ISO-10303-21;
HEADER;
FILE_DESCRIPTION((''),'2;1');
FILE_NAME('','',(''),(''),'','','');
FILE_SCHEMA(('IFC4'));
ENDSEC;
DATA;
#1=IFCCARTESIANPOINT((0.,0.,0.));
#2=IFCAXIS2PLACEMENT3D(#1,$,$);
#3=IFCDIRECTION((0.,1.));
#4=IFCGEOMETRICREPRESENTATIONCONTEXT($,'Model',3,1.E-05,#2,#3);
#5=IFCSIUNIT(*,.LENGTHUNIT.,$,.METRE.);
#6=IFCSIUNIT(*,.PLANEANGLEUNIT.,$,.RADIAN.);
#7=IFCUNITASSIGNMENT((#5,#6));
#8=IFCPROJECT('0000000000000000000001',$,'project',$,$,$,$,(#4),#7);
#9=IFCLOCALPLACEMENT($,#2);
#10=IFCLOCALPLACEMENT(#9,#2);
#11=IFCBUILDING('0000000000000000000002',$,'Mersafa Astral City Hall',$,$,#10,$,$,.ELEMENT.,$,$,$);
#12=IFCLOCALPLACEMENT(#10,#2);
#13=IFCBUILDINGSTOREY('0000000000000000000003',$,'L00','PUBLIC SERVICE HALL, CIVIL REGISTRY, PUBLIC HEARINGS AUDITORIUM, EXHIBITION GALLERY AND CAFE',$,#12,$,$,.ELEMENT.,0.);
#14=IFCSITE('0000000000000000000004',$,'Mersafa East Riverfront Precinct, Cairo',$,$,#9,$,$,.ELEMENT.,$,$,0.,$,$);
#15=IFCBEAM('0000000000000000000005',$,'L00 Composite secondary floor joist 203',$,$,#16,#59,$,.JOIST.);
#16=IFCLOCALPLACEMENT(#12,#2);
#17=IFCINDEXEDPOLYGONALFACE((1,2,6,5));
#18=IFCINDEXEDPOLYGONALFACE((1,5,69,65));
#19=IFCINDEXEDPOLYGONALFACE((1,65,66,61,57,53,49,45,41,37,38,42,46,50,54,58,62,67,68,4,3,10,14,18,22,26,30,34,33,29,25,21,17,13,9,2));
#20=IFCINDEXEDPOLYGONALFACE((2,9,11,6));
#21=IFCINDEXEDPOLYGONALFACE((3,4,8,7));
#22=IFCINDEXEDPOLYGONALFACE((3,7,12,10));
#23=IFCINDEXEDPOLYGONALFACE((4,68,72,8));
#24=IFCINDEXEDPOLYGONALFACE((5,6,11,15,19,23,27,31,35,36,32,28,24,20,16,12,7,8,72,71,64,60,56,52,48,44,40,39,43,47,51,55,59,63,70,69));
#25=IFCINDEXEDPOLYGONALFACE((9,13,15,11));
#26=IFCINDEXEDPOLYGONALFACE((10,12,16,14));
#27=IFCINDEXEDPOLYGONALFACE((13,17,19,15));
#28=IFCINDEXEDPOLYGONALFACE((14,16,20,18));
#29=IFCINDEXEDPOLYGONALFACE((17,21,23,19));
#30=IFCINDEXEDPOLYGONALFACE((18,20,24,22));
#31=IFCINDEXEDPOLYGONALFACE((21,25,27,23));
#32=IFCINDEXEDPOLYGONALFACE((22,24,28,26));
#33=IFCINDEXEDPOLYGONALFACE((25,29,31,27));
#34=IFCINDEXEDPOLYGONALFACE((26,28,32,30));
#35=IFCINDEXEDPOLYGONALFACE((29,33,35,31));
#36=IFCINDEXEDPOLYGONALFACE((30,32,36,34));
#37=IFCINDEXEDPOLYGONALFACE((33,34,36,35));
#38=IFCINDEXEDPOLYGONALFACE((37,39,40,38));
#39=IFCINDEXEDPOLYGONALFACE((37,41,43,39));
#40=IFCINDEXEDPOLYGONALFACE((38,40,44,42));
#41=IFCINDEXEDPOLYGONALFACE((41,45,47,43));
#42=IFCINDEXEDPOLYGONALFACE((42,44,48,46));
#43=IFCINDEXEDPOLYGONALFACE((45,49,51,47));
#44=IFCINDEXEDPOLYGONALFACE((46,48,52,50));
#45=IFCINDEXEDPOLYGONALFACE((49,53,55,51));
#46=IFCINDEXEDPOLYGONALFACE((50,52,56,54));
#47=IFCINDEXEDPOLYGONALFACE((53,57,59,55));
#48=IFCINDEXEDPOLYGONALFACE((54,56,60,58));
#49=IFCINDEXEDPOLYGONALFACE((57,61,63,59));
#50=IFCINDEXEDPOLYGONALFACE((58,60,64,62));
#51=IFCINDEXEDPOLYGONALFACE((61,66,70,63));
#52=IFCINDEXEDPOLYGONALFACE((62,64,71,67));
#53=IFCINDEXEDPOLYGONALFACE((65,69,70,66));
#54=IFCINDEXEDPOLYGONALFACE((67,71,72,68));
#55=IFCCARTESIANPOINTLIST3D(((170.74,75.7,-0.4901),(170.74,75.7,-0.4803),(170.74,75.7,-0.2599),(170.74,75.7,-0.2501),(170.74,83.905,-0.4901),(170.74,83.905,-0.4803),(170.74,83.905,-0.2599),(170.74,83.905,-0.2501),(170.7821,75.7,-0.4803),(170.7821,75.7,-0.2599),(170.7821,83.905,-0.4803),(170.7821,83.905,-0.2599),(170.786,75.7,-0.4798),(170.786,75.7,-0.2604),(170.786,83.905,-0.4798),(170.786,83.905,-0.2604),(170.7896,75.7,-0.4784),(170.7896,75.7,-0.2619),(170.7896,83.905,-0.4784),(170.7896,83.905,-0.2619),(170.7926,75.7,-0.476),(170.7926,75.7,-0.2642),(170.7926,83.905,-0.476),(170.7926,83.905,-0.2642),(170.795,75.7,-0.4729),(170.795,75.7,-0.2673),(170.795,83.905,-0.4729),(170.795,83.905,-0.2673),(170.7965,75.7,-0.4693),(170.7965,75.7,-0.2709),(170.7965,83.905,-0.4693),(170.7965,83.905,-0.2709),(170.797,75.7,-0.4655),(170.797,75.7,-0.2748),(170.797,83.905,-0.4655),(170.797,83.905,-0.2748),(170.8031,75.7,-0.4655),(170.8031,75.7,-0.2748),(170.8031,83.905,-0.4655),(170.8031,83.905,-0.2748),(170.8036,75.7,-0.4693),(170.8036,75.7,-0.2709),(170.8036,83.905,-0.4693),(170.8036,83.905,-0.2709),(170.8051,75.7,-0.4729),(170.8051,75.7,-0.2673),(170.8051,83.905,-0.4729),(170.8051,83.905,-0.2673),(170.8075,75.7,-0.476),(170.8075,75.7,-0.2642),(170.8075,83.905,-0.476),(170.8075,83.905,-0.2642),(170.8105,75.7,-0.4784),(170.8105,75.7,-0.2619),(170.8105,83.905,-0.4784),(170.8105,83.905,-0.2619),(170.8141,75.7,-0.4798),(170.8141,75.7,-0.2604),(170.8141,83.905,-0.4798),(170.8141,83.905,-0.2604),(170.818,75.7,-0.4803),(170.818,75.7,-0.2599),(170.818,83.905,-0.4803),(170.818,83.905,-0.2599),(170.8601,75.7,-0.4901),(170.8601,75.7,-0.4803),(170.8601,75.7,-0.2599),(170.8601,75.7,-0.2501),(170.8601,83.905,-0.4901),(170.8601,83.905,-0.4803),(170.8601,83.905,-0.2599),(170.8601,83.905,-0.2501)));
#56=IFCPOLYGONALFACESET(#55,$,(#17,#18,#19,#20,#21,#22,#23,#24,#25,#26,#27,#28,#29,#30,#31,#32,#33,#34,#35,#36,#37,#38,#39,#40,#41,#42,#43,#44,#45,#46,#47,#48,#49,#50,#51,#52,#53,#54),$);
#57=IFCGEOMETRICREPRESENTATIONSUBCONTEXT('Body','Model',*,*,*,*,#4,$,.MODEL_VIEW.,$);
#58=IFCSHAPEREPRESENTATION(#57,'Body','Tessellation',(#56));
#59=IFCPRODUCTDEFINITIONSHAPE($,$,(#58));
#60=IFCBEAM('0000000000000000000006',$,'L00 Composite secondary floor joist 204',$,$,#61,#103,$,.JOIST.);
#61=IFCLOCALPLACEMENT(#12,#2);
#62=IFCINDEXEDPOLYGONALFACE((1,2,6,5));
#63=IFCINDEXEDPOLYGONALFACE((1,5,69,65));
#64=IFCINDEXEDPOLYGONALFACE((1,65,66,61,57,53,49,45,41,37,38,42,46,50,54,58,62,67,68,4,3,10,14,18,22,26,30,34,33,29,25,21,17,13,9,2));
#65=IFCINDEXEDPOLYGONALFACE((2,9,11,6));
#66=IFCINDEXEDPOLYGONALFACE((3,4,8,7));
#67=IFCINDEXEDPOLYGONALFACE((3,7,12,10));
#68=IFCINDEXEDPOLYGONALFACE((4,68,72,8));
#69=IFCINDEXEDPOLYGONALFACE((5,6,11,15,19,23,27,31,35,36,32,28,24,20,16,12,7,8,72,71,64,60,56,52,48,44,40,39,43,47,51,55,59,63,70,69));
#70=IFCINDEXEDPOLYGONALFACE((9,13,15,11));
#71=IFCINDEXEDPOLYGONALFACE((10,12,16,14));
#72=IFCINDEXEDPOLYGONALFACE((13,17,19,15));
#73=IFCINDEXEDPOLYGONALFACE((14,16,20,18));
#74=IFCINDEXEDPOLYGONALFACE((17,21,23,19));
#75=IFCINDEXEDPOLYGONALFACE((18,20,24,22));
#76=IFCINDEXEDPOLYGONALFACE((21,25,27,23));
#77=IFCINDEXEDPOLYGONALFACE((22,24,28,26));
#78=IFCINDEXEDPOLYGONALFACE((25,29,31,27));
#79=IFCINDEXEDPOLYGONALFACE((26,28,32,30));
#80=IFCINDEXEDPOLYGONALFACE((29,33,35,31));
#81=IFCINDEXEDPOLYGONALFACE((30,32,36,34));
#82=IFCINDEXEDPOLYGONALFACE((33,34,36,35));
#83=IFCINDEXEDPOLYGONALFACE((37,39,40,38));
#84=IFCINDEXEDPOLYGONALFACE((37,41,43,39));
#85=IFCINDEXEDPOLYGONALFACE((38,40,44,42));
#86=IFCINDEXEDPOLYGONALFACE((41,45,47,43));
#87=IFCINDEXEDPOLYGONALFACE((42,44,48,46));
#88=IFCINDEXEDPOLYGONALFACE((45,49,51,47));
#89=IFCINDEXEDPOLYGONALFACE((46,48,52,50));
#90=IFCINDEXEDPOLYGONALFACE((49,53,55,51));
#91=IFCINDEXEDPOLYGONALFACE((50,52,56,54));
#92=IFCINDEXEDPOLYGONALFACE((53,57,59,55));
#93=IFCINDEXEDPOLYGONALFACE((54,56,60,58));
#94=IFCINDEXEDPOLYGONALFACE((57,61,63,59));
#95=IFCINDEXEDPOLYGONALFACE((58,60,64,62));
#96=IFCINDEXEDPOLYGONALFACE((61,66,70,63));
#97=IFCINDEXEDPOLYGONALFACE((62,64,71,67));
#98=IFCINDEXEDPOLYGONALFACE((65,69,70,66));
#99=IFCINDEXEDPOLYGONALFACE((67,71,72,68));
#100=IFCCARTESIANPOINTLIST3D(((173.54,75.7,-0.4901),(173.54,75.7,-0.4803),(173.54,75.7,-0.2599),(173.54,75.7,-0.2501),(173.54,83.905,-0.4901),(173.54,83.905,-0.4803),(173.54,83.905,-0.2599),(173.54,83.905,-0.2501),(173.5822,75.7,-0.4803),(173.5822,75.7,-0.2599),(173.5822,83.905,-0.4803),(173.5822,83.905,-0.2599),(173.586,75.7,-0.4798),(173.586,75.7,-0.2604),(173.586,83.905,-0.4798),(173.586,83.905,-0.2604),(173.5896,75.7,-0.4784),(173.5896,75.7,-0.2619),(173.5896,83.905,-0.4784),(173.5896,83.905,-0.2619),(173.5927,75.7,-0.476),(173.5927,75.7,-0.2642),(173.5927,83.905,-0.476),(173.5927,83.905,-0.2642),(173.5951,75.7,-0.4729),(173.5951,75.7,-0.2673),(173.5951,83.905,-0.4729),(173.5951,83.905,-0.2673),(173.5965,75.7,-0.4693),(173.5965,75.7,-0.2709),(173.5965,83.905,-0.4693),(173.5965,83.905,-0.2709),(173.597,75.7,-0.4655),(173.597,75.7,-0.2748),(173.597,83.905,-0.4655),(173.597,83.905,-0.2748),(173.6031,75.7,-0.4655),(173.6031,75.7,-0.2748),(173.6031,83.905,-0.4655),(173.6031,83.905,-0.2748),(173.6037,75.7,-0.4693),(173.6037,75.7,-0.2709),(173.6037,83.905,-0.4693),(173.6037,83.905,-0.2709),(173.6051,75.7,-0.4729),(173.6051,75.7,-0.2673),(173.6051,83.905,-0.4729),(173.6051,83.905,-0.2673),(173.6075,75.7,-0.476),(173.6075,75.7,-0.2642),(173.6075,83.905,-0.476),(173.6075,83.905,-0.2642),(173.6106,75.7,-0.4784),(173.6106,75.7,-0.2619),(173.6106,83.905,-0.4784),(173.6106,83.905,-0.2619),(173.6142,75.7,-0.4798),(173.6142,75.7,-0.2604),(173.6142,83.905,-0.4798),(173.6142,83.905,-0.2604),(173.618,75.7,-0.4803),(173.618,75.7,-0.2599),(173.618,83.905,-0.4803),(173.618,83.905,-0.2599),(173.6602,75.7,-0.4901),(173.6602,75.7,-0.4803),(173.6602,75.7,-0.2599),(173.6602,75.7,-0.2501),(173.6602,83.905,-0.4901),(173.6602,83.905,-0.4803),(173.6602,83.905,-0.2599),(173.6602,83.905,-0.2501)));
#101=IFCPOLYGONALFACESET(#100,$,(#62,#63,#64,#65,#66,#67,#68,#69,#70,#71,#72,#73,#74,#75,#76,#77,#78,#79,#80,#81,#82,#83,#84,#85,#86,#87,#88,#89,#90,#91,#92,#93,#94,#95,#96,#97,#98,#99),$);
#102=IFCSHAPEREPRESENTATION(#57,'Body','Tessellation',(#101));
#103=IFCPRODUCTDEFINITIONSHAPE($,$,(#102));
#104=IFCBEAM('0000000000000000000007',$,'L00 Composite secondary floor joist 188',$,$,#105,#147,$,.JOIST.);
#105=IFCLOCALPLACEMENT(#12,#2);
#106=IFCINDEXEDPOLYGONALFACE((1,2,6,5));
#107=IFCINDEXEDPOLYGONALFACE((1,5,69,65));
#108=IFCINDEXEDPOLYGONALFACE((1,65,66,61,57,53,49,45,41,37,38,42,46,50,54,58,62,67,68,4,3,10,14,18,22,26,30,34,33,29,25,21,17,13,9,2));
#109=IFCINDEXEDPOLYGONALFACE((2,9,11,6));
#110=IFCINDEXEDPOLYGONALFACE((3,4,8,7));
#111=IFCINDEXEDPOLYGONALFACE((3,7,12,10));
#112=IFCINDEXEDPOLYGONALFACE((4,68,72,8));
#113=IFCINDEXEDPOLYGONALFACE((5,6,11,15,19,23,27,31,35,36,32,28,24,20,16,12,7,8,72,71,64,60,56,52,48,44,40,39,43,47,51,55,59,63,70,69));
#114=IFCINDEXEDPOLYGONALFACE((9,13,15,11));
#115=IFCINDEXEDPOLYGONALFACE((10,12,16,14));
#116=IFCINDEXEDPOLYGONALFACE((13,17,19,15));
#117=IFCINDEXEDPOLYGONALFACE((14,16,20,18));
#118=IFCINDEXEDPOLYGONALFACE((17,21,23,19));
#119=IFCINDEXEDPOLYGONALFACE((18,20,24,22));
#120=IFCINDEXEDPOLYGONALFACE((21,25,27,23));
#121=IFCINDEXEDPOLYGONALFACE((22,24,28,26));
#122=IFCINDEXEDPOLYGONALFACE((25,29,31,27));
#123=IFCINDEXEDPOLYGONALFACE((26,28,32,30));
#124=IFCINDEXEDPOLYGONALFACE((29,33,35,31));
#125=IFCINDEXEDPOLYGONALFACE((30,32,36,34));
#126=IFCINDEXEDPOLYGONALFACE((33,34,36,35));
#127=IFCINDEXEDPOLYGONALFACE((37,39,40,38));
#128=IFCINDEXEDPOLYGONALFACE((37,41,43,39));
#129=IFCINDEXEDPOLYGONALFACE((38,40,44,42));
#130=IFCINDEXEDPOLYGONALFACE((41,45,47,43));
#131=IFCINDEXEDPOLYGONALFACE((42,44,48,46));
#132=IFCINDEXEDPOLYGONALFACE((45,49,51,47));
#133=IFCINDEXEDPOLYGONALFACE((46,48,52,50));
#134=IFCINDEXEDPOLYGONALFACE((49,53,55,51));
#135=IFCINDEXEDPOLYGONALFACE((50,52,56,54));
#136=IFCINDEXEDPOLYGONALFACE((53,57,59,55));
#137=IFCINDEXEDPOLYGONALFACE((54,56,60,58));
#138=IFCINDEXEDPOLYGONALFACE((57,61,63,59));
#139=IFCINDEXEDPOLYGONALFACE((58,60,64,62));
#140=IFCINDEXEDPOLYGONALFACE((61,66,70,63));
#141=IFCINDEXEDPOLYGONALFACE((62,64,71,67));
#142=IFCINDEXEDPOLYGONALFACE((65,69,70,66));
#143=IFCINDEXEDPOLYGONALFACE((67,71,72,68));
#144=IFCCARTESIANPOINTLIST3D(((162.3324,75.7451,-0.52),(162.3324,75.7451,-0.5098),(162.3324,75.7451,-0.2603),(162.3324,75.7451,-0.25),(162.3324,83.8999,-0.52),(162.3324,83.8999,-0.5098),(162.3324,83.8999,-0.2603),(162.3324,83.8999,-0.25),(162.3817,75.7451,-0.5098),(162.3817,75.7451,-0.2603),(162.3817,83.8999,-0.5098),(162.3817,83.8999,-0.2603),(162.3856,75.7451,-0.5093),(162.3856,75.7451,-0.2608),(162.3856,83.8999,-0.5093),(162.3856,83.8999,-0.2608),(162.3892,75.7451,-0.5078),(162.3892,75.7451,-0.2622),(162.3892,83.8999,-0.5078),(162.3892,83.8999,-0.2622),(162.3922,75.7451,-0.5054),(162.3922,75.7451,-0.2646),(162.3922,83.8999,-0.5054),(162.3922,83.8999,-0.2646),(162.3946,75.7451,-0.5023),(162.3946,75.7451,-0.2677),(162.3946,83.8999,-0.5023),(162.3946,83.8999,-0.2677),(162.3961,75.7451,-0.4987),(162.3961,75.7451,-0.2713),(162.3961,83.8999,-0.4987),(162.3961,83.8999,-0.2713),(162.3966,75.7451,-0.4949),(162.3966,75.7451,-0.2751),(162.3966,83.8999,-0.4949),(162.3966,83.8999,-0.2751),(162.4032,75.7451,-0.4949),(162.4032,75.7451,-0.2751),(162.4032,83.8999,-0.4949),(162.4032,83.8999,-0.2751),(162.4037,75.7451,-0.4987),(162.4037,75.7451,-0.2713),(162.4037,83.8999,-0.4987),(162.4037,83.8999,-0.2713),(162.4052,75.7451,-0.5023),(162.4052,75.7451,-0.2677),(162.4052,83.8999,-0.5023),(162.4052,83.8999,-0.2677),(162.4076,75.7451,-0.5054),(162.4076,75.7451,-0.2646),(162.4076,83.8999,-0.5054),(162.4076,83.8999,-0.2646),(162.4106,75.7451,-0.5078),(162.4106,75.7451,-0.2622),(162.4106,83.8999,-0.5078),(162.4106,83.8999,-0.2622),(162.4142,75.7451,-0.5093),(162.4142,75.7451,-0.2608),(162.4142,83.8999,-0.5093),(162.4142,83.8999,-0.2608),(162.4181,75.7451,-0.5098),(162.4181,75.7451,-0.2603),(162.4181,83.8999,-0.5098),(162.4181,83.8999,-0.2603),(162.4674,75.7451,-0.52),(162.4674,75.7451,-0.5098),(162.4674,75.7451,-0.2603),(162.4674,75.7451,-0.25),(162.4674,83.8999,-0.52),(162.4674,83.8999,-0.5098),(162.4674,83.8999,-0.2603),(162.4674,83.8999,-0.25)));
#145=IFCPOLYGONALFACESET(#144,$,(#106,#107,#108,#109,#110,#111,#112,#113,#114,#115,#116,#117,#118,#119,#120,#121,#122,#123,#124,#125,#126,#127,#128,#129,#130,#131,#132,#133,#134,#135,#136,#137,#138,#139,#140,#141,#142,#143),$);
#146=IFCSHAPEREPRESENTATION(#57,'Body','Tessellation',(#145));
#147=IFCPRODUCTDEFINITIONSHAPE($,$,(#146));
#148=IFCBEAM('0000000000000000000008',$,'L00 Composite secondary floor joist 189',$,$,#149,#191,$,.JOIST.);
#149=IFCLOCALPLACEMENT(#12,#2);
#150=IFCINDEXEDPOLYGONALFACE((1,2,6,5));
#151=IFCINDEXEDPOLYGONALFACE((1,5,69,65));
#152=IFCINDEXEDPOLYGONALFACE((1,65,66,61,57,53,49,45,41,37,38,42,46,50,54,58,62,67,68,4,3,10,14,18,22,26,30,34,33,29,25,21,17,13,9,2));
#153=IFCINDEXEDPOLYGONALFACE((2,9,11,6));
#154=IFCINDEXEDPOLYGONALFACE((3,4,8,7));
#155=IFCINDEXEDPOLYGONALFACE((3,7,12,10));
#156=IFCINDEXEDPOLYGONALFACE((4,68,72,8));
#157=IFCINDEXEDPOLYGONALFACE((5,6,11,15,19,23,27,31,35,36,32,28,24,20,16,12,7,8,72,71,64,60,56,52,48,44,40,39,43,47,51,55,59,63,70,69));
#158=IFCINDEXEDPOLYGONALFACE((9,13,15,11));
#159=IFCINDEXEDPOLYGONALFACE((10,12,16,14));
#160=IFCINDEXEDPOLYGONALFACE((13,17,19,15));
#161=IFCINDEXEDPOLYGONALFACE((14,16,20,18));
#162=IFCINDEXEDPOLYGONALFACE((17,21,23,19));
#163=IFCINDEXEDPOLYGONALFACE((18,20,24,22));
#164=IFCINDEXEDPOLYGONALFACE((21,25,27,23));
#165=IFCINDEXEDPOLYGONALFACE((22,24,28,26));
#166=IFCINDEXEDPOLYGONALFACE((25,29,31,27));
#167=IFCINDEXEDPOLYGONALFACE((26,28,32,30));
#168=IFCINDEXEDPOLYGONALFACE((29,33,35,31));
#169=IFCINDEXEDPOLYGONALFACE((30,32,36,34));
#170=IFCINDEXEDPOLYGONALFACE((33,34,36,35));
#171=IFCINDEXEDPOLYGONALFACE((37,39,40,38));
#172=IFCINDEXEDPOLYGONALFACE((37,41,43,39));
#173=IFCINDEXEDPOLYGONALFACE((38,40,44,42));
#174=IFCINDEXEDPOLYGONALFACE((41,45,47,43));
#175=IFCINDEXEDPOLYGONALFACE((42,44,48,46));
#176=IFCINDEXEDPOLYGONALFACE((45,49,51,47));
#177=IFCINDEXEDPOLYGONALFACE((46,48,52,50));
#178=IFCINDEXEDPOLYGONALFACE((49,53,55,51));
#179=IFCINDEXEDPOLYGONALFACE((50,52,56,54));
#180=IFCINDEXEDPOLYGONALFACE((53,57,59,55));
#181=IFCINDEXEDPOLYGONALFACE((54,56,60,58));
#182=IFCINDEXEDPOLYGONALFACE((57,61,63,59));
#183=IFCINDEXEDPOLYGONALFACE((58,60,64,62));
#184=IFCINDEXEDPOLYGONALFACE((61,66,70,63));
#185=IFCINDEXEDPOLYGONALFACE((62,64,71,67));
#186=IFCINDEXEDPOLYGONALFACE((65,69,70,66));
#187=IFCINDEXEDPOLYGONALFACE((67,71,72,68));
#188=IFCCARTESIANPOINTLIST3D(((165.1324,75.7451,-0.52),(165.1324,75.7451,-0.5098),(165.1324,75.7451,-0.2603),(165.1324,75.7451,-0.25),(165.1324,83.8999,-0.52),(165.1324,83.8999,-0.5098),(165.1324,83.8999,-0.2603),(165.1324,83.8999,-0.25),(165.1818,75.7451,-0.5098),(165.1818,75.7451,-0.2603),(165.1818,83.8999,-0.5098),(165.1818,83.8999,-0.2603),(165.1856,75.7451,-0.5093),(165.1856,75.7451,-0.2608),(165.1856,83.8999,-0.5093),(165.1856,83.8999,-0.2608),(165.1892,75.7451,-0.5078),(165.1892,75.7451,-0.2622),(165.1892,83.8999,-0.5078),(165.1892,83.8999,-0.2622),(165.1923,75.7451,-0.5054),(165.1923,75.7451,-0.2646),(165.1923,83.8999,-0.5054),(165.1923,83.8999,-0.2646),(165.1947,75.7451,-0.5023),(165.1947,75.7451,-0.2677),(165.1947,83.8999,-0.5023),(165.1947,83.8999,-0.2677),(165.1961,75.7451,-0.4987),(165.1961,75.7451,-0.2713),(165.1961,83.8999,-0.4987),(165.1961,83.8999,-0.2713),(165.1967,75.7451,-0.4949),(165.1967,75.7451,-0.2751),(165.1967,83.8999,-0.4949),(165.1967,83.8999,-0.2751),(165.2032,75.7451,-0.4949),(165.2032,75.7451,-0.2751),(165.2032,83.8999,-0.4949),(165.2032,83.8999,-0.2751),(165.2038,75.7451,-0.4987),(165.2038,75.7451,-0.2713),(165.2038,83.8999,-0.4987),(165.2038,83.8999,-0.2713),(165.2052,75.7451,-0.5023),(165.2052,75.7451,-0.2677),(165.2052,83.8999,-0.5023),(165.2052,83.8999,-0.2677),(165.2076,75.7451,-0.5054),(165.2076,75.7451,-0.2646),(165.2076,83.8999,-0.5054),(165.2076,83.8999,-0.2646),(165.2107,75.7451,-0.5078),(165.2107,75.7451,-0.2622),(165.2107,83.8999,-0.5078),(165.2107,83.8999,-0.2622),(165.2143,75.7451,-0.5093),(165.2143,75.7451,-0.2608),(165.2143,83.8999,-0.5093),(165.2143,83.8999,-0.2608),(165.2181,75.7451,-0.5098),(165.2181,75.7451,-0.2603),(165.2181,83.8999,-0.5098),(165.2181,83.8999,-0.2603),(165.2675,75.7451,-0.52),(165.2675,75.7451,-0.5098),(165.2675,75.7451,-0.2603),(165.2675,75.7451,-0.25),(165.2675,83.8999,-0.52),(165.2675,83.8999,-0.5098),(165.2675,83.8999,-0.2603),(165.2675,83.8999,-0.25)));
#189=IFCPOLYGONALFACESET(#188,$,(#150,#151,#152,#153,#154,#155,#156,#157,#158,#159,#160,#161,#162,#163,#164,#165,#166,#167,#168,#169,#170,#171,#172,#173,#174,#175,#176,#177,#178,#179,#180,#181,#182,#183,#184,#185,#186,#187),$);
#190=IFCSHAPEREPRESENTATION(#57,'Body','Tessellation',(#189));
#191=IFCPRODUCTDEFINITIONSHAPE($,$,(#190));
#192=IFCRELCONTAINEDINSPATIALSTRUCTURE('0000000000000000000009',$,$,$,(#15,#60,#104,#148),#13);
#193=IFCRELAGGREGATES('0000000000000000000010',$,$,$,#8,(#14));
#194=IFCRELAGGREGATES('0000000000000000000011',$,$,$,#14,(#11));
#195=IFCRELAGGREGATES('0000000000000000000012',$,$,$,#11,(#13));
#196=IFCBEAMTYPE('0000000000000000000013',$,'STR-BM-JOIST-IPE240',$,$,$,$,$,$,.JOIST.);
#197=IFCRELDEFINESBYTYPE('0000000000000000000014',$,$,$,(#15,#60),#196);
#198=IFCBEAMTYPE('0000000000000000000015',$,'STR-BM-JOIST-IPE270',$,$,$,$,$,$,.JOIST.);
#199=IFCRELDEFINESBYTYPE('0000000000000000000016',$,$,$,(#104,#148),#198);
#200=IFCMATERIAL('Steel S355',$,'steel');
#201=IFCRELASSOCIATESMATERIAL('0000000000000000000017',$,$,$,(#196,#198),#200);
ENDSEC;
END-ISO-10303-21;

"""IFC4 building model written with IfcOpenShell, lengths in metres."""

from ifc_helpers import new_model, si_unit, direction, frame, origin, origin_2d, place, context, subcontext, project, spatial, i_section, extrude, material, material_profile, profile_set, type_object, element, save


model = new_model("IFC4")

# Units and contexts
model_context = context("Model", 3, precision=1e-05, world=origin(), true_north=direction((0.0, 1.0)))
body_context = subcontext(model_context, "Body", "Model", "MODEL_VIEW")
ifc_project = project(units=[si_unit("LENGTHUNIT", "METRE"), si_unit("PLANEANGLEUNIT", "RADIAN")], contexts=[model_context])

# Site, building, storey
site_placement = place(None, origin())
site = spatial("IfcSite", under=ifc_project, at=site_placement, Name="Mersafa East Riverfront Precinct, Cairo", CompositionType="ELEMENT", RefElevation=0.0)
building_placement = place(site_placement, origin())
building = spatial("IfcBuilding", under=site, at=building_placement, Name="Mersafa Astral City Hall", CompositionType="ELEMENT")
storey_placement = place(building_placement, origin())
storey = spatial("IfcBuildingStorey", under=building, at=storey_placement, Name="L00", Description="PUBLIC SERVICE HALL, CIVIL REGISTRY, PUBLIC HEARINGS AUDITORIUM, EXHIBITION GALLERY AND CAFE", CompositionType="ELEMENT", Elevation=0.0)

# Shared definitions
ifc_material_1 = material(Name="Steel S355", Category="steel")

# Beams
ifc_material_profile_1 = material_profile(ifc_material_1, i_section(OverallWidth=0.1201, OverallDepth=0.24, WebThickness=0.0061, FlangeThickness=0.0098, FilletRadius=0.0149, at=origin_2d()), Name="IPE 240")
ifc_profile_set_1 = profile_set([ifc_material_profile_1], Name="Steel S355")
beam_type_1 = type_object("IfcBeamType", Name="STR-BM-JOIST-IPE240", PredefinedType="JOIST", material=ifc_profile_set_1)
for number, where, z_axis, x_axis, name in (
    (1, (170.8, 75.7, -0.3701), (0.0, 1.0, 0.0), (-1.0, 0.0, 0.0), "L00 Composite secondary floor joist 203"),
    (2, (173.6001, 75.7, -0.3701), (0.0, 1.0, 0.0), (-1.0, 0.0, 0.0), "L00 Composite secondary floor joist 204"),
):
    element("IfcBeam", number, at=place(storey_placement, frame(where, z_axis=z_axis, x_axis=x_axis)), inside=storey, type_object=beam_type_1, Name=name, PredefinedType="JOIST", context=body_context, shape_type="SweptSolid", body=[
        extrude(i_section(OverallWidth=0.1201, OverallDepth=0.24, WebThickness=0.0061, FlangeThickness=0.0098, FilletRadius=0.0149, at=origin_2d()), origin(), (0.0, 0.0, 1.0), 8.2051),
    ])
ifc_material_profile_2 = material_profile(ifc_material_1, i_section(OverallWidth=0.135, OverallDepth=0.27, WebThickness=0.0066, FlangeThickness=0.0103, FilletRadius=0.0149, at=origin_2d()), Name="IPE 270")
ifc_profile_set_2 = profile_set([ifc_material_profile_2], Name="Steel S355")
beam_type_2 = type_object("IfcBeamType", Name="STR-BM-JOIST-IPE270", PredefinedType="JOIST", material=ifc_profile_set_2)
for number, where, z_axis, x_axis, name in (
    (3, (162.3999, 75.7451, -0.385), (0.0, 1.0, 0.0), (-1.0, 0.0, 0.0), "L00 Composite secondary floor joist 188"),
    (4, (165.2, 75.7451, -0.385), (0.0, 1.0, 0.0), (-1.0, 0.0, 0.0), "L00 Composite secondary floor joist 189"),
):
    element("IfcBeam", number, at=place(storey_placement, frame(where, z_axis=z_axis, x_axis=x_axis)), inside=storey, type_object=beam_type_2, Name=name, PredefinedType="JOIST", context=body_context, shape_type="SweptSolid", body=[
        extrude(i_section(OverallWidth=0.135, OverallDepth=0.27, WebThickness=0.0066, FlangeThickness=0.0103, FilletRadius=0.0149, at=origin_2d()), origin(), (0.0, 0.0, 1.0), 8.1548),
    ])

save(model, "model.ifc")
